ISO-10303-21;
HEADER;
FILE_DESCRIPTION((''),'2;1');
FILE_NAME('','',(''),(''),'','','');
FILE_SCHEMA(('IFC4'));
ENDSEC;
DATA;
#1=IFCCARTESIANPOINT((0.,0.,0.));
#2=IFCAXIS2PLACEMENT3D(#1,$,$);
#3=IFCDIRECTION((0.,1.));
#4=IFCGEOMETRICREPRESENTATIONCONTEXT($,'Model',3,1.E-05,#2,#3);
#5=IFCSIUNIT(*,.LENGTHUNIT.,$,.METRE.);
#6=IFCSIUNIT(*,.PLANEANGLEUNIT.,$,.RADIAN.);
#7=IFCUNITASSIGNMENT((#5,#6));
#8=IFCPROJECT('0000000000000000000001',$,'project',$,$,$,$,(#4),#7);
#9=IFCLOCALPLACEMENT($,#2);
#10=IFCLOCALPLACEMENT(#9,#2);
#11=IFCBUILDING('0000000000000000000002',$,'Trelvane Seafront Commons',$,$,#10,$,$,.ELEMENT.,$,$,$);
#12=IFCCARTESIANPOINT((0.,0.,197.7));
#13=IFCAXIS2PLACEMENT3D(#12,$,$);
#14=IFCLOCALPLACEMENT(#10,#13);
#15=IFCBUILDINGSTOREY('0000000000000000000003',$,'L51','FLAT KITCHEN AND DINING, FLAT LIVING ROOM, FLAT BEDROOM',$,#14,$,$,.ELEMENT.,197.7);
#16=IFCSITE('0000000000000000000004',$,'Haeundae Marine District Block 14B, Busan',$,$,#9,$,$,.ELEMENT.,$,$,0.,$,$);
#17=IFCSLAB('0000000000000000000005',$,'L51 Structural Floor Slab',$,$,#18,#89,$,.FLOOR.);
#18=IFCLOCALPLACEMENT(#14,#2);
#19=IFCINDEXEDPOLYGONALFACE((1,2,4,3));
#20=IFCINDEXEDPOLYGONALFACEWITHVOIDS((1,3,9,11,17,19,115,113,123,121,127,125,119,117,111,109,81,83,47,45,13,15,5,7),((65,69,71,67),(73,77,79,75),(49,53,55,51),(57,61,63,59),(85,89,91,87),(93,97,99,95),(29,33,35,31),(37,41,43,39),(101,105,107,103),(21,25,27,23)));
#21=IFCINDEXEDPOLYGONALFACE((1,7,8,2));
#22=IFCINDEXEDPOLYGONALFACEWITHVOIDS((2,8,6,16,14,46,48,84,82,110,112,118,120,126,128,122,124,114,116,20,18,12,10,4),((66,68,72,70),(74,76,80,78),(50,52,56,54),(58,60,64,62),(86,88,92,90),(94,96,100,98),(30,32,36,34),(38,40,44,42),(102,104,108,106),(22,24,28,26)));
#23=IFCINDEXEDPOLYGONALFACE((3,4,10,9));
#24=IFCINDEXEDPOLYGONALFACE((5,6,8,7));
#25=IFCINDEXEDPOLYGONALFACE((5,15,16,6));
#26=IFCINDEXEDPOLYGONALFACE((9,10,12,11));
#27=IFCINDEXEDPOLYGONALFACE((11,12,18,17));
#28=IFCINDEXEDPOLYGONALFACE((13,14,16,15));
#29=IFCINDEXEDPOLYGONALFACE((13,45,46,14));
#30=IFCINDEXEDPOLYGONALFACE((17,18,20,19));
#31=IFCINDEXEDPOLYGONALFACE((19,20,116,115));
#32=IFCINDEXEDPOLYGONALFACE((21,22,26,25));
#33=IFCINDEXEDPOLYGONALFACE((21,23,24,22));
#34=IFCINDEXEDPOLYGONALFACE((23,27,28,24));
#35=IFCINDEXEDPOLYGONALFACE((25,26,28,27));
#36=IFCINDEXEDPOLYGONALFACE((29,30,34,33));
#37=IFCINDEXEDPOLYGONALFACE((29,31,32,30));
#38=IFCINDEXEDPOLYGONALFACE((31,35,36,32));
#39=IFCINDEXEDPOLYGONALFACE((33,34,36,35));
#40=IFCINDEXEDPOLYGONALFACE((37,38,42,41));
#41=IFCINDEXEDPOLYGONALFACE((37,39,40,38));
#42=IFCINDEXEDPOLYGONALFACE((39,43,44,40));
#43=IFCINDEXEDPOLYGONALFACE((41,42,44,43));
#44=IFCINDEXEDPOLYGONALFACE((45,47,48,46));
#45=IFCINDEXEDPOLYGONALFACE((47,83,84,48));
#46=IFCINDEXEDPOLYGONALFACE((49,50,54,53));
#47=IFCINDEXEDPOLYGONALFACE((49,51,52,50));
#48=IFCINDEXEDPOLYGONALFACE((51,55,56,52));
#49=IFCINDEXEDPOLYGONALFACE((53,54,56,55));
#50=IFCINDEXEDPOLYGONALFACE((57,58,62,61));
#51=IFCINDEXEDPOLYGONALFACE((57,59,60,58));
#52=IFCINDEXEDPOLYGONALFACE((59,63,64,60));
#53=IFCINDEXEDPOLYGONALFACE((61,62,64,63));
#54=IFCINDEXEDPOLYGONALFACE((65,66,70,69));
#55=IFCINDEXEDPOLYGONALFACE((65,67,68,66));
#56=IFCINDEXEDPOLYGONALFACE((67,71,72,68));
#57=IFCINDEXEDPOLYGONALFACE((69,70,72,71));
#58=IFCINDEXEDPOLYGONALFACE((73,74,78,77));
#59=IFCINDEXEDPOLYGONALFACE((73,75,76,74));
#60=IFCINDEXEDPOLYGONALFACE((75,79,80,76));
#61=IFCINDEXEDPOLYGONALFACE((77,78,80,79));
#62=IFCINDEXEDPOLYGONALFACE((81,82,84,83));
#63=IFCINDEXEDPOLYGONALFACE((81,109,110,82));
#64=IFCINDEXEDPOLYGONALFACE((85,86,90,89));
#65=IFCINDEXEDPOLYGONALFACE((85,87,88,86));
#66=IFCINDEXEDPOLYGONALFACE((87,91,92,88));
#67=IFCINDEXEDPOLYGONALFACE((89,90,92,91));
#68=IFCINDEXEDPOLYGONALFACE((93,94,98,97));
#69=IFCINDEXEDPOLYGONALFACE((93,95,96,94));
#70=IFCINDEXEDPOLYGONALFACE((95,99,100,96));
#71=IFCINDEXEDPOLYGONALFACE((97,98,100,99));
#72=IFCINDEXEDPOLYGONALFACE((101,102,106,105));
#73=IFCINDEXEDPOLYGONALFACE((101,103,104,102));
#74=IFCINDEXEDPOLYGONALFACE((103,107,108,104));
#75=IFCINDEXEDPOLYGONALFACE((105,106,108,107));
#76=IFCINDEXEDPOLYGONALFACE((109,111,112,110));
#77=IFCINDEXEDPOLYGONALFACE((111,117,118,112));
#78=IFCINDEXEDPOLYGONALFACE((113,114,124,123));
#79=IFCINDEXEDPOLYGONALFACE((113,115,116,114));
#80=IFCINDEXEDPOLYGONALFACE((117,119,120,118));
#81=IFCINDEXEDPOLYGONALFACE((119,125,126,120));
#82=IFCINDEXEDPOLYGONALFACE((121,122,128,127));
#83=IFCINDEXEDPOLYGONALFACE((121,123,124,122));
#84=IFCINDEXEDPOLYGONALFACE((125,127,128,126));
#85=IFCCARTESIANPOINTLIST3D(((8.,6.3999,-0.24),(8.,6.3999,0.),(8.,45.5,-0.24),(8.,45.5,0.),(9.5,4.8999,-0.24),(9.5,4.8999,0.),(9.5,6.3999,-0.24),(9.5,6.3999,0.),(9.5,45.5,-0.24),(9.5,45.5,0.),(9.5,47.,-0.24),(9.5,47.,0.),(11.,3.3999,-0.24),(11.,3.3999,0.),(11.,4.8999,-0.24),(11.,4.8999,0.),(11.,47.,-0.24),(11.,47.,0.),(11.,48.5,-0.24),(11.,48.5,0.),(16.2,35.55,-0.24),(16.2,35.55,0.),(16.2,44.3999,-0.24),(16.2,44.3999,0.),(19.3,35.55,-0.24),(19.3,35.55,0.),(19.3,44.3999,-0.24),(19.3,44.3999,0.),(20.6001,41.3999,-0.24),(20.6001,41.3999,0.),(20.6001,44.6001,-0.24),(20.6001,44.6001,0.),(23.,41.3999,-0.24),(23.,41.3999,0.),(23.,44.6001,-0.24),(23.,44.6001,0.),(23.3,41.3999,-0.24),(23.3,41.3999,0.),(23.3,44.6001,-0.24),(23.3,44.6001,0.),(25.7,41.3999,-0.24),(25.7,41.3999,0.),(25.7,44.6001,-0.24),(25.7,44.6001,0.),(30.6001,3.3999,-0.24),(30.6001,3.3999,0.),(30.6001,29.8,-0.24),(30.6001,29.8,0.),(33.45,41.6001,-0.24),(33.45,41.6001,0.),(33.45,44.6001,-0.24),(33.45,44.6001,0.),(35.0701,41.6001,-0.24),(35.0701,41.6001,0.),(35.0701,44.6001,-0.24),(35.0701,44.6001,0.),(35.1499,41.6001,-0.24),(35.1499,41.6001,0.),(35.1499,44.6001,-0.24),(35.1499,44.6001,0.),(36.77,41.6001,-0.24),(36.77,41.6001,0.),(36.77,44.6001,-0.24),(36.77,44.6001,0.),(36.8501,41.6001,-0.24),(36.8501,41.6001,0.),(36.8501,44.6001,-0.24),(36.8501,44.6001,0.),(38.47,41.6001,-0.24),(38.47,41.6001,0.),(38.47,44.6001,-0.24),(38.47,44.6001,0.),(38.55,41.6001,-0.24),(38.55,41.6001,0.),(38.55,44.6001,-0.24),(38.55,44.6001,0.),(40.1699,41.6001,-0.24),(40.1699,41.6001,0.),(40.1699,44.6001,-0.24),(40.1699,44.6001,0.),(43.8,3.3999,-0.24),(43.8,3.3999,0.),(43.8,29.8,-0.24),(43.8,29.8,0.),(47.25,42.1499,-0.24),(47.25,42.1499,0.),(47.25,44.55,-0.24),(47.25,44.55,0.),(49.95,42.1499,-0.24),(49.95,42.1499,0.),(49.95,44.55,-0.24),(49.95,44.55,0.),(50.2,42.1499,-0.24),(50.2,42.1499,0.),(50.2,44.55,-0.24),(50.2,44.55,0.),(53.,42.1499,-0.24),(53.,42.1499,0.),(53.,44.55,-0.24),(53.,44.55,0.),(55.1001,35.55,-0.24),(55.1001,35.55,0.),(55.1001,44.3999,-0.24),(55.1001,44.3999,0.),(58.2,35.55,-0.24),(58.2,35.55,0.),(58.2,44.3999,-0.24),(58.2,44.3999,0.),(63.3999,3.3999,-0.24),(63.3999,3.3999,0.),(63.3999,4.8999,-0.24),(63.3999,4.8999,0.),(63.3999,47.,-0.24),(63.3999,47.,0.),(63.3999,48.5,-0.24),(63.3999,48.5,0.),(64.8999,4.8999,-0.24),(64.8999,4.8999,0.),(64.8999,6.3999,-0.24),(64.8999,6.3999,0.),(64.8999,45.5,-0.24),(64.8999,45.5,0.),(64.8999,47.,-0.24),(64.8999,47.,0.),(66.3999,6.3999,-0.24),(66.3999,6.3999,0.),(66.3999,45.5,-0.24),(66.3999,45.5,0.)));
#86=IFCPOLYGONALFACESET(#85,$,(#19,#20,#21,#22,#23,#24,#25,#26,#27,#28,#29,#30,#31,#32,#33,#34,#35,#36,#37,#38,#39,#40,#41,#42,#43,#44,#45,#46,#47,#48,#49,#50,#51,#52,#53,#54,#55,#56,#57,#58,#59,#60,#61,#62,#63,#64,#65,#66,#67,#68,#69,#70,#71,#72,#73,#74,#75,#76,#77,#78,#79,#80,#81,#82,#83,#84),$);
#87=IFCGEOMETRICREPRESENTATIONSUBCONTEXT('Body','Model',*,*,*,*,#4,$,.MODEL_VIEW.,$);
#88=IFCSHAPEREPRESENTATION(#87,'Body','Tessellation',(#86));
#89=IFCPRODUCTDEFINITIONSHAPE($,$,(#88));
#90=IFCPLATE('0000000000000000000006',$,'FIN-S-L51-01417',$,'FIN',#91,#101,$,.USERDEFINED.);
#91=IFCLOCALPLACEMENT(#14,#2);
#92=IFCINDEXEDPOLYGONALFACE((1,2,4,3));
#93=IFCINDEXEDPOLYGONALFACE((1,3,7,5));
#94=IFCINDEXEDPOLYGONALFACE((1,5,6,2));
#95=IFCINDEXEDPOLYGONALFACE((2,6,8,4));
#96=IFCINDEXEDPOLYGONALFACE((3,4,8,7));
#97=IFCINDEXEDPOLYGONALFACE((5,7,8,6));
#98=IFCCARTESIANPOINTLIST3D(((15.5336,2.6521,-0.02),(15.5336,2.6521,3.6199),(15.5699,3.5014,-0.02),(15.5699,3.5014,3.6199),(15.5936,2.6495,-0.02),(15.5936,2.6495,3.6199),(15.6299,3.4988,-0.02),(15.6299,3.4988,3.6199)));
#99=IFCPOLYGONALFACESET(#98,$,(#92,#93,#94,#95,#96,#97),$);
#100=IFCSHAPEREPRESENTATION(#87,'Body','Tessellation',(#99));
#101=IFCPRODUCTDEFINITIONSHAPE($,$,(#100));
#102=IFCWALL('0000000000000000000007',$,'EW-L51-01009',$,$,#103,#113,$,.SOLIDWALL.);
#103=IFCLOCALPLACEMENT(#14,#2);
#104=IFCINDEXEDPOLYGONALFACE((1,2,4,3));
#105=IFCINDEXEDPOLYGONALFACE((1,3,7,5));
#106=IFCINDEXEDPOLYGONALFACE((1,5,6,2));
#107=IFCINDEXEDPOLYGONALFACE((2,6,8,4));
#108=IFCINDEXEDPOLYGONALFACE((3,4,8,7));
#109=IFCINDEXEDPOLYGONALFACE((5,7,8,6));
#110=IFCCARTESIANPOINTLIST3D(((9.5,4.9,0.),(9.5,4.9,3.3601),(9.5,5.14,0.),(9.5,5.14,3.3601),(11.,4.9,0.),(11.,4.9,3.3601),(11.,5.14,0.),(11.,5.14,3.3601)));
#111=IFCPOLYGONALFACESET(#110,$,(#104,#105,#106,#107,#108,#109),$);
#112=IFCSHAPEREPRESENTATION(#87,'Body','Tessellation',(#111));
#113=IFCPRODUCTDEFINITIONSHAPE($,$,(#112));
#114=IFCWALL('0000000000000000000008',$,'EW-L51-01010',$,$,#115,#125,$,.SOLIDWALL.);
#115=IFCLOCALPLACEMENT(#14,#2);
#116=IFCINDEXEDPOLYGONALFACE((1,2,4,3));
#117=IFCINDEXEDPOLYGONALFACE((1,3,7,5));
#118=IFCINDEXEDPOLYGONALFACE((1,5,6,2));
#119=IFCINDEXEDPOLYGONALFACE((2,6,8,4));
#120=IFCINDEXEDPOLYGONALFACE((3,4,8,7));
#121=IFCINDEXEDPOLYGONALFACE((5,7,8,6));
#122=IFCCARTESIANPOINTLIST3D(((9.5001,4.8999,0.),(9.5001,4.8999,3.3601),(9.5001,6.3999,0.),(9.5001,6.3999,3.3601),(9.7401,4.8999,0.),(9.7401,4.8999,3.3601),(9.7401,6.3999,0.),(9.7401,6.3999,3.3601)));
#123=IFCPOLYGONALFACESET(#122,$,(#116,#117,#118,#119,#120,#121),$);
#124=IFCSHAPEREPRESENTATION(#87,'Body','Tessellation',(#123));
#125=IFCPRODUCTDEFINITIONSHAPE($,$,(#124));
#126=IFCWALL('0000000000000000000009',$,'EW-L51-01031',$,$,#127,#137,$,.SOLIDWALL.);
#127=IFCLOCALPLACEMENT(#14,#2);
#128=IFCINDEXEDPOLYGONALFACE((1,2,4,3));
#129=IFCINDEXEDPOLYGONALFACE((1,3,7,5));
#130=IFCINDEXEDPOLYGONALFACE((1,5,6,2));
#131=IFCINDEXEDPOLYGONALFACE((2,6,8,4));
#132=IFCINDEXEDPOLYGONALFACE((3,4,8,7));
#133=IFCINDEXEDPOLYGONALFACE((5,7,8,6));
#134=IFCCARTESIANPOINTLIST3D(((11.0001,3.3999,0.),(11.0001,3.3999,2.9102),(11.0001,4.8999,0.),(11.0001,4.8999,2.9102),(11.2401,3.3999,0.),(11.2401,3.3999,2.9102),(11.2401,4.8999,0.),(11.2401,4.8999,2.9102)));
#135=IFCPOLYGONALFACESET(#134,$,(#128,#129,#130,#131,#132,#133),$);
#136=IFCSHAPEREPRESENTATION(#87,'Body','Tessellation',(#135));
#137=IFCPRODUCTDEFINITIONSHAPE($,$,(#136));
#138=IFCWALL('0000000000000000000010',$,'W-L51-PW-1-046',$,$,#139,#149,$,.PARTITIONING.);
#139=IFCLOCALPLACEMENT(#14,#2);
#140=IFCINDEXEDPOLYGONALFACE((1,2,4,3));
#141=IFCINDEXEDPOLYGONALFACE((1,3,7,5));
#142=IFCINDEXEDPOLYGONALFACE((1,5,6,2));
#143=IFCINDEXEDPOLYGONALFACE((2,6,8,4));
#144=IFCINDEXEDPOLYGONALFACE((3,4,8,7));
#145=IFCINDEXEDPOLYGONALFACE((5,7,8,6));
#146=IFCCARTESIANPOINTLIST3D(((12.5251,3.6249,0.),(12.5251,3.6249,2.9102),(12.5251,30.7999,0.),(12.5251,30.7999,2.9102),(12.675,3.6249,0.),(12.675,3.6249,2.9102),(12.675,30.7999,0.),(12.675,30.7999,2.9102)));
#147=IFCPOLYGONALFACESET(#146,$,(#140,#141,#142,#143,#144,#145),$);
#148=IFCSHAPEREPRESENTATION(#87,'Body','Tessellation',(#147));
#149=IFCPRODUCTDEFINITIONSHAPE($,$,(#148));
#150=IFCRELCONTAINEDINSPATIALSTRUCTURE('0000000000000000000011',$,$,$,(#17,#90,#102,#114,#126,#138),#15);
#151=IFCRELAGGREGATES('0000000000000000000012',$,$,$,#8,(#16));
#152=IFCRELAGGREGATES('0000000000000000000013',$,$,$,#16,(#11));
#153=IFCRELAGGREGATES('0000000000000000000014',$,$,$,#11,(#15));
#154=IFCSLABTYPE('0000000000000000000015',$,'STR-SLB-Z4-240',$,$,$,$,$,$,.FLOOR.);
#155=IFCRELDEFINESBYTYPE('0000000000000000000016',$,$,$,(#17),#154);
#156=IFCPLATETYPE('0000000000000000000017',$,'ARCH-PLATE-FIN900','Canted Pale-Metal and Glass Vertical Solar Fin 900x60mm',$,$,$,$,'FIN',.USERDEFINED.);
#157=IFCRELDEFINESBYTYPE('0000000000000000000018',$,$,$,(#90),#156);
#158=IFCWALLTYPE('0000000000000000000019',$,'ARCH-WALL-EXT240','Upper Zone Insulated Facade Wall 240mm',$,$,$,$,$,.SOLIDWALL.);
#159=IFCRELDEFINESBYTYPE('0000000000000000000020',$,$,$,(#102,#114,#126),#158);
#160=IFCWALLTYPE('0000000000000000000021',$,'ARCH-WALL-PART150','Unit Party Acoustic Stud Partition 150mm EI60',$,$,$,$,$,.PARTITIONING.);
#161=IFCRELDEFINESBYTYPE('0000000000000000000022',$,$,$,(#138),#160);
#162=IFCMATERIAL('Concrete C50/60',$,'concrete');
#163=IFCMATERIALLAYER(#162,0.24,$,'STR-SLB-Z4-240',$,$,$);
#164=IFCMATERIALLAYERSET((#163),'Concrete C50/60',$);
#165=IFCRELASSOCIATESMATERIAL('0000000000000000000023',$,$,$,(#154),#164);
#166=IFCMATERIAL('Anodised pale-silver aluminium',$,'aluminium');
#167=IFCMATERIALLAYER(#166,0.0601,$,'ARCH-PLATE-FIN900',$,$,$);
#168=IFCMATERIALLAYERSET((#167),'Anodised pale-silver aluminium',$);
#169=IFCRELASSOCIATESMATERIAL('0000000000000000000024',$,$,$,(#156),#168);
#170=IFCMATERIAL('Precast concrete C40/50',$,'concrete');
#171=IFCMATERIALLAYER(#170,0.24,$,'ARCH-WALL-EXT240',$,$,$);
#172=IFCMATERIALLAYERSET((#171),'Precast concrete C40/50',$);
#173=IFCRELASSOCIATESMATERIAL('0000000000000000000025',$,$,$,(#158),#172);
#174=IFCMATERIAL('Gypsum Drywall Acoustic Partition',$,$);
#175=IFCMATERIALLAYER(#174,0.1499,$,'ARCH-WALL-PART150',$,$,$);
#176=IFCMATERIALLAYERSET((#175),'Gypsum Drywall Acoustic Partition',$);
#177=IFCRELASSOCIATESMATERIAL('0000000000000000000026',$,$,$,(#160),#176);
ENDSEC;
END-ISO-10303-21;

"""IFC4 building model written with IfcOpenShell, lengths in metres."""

from ifc_helpers import new_model, si_unit, direction, frame, frame_2d, origin, origin_2d, place, context, subcontext, project, spatial, polyline, rectangle, outline, extrude, source, transform, mapped, material, layer, layer_set, type_object, element, save


model = new_model("IFC4")

# Units and contexts
model_context = context("Model", 3, precision=1e-05, world=origin(), true_north=direction((0.0, 1.0)))
body_context = subcontext(model_context, "Body", "Model", "MODEL_VIEW")
ifc_project = project(units=[si_unit("LENGTHUNIT", "METRE"), si_unit("PLANEANGLEUNIT", "RADIAN")], contexts=[model_context])

# Site, building, storey
site_placement = place(None, origin())
site = spatial("IfcSite", under=ifc_project, at=site_placement, Name="Haeundae Marine District Block 14B, Busan", CompositionType="ELEMENT", RefElevation=0.0)
building_placement = place(site_placement, origin())
building = spatial("IfcBuilding", under=site, at=building_placement, Name="Trelvane Seafront Commons", CompositionType="ELEMENT")
storey_placement = place(building_placement, frame((0.0, 0.0, 197.7)))
storey = spatial("IfcBuildingStorey", under=building, at=storey_placement, Name="L51", Description="FLAT KITCHEN AND DINING, FLAT LIVING ROOM, FLAT BEDROOM", CompositionType="ELEMENT", Elevation=197.7)

# Slab
ifc_material_1 = material(Name="Concrete C50/60", Category="concrete")
ifc_layer_1 = layer(ifc_material_1, 0.24, Name="STR-SLB-Z4-240")
ifc_layer_set_1 = layer_set([ifc_layer_1], Name="Concrete C50/60")
slab_type_1 = type_object("IfcSlabType", Name="STR-SLB-Z4-240", PredefinedType="FLOOR", material=ifc_layer_set_1)
slab_1_placement = place(storey_placement, frame((0.0, 0.0, -0.24)))
element("IfcSlab", 1, at=slab_1_placement, inside=storey, type_object=slab_type_1, Name="L51 Structural Floor Slab", PredefinedType="FLOOR", context=body_context, shape_type="SweptSolid", body=[
    extrude(outline(polyline([(11.0, 3.3999), (30.6001, 3.3999), (30.6001, 29.8), (43.8, 29.8), (43.8, 3.3999), (63.3999, 3.3999), (63.3999, 4.8999), (64.8999, 4.8999), (64.8999, 6.3999), (66.3999, 6.3999), (66.3999, 45.5), (64.8999, 45.5), (64.8999, 47.0), (63.3999, 47.0), (63.3999, 48.5), (11.0, 48.5), (11.0, 47.0), (9.5, 47.0), (9.5, 45.5), (8.0, 45.5), (8.0, 6.3999), (9.5, 6.3999), (9.5, 4.8999), (11.0, 4.8999), (11.0, 3.3999)]), holes=[polyline([(19.3, 35.55), (16.2, 35.55), (16.2, 44.3999), (19.3, 44.3999), (19.3, 35.55)]), polyline([(58.2, 35.55), (55.1001, 35.55), (55.1001, 44.3999), (58.2, 44.3999), (58.2, 35.55)]), polyline([(23.0, 41.3999), (20.6001, 41.3999), (20.6001, 44.6001), (23.0, 44.6001), (23.0, 41.3999)]), polyline([(23.3, 41.3999), (23.3, 44.6001), (25.7, 44.6001), (25.7, 41.3999), (23.3, 41.3999)]), polyline([(33.45, 41.6001), (33.45, 44.6001), (35.0701, 44.6001), (35.0701, 41.6001), (33.45, 41.6001)]), polyline([(36.77, 41.6001), (35.1499, 41.6001), (35.1499, 44.6001), (36.77, 44.6001), (36.77, 41.6001)]), polyline([(38.47, 41.6001), (36.8501, 41.6001), (36.8501, 44.6001), (38.47, 44.6001), (38.47, 41.6001)]), polyline([(40.1699, 41.6001), (38.55, 41.6001), (38.55, 44.6001), (40.1699, 44.6001), (40.1699, 41.6001)]), polyline([(47.25, 42.1499), (47.25, 44.55), (49.95, 44.55), (49.95, 42.1499), (47.25, 42.1499)]), polyline([(50.2, 42.1499), (50.2, 44.55), (53.0, 44.55), (53.0, 42.1499), (50.2, 42.1499)])]), origin(), (0.0, 0.0, 1.0), 0.24),
])

# Plate
ifc_material_2 = material(Name="Anodised pale-silver aluminium", Category="aluminium")
ifc_layer_2 = layer(ifc_material_2, 0.0601, Name="ARCH-PLATE-FIN900")
ifc_layer_set_2 = layer_set([ifc_layer_2], Name="Anodised pale-silver aluminium")
plate_type = type_object("IfcPlateType", Name="ARCH-PLATE-FIN900", Description="Canted Pale-Metal and Glass Vertical Solar Fin 900x60mm", ElementType="FIN", PredefinedType="USERDEFINED", material=ifc_layer_set_2)
shared_shape_1 = source(origin(), body_context, "Body", "SweptSolid", [
    extrude(rectangle(XDim=0.8501, YDim=0.0601, at=origin_2d()), origin(), (0.0, 0.0, 1.0), 3.6399),
])
plate_placement = place(storey_placement, frame((15.5818, 3.0754, -0.02), z_axis=(0.0, 0.0, 1.0), x_axis=(-0.042707, -0.999088, 0.0)))
element("IfcPlate", 2, at=plate_placement, inside=storey, type_object=plate_type, Name="FIN-S-L51-01417", ObjectType="FIN", PredefinedType="USERDEFINED", context=body_context, shape_type="MappedRepresentation", body=[
    mapped(shared_shape_1, transform((0.0, 0.0, 0.0), x_axis=(1.0, 0.0, 0.0), y_axis=(0.0, 1.0, 0.0), z_axis=(0.0, 0.0, 1.0), scale=1.0)),
])

# Walls
ifc_material_3 = material(Name="Precast concrete C40/50", Category="concrete")
ifc_layer_3 = layer(ifc_material_3, 0.24, Name="ARCH-WALL-EXT240")
ifc_layer_set_3 = layer_set([ifc_layer_3], Name="Precast concrete C40/50")
wall_type_1 = type_object("IfcWallType", Name="ARCH-WALL-EXT240", Description="Upper Zone Insulated Facade Wall 240mm", PredefinedType="SOLIDWALL", material=ifc_layer_set_3)
for number, where, z_axis, x_axis, name in (
    (3, (11.0, 5.02, 0.0), (0.0, 0.0, 1.0), (-1.0, 0.0, 0.0), "EW-L51-01009"),
    (4, (9.6201, 4.8999, 0.0), (0.0, 0.0, 1.0), (0.0, 1.0, 0.0), "EW-L51-01010"),
):
    element("IfcWall", number, at=place(storey_placement, frame(where, z_axis=z_axis, x_axis=x_axis)), inside=storey, type_object=wall_type_1, Name=name, PredefinedType="SOLIDWALL", context=body_context, shape_type="SweptSolid", body=[
        extrude(rectangle(XDim=1.5, YDim=0.24, at=frame_2d((0.75, 0.0))), origin(), (0.0, 0.0, 1.0), 3.3601),
    ])
wall_1_placement = place(storey_placement, frame((11.1201, 3.3999, 0.0), z_axis=(0.0, 0.0, 1.0), x_axis=(0.0, 1.0, 0.0)))
element("IfcWall", 5, at=wall_1_placement, inside=storey, type_object=wall_type_1, Name="EW-L51-01031", PredefinedType="SOLIDWALL", context=body_context, shape_type="SweptSolid", body=[
    extrude(rectangle(XDim=1.5, YDim=0.24, at=frame_2d((0.75, 0.0))), origin(), (0.0, 0.0, 1.0), 2.9102),
])
ifc_material_4 = material(Name="Gypsum Drywall Acoustic Partition")
ifc_layer_4 = layer(ifc_material_4, 0.1499, Name="ARCH-WALL-PART150")
ifc_layer_set_4 = layer_set([ifc_layer_4], Name="Gypsum Drywall Acoustic Partition")
wall_type_2 = type_object("IfcWallType", Name="ARCH-WALL-PART150", Description="Unit Party Acoustic Stud Partition 150mm EI60", PredefinedType="PARTITIONING", material=ifc_layer_set_4)
wall_2_placement = place(storey_placement, frame((12.6001, 3.625, 0.0), z_axis=(0.0, 0.0, 1.0), x_axis=(0.0, 1.0, 0.0)))
element("IfcWall", 6, at=wall_2_placement, inside=storey, type_object=wall_type_2, Name="W-L51-PW-1-046", PredefinedType="PARTITIONING", context=body_context, shape_type="SweptSolid", body=[
    extrude(rectangle(XDim=27.175, YDim=0.1499, at=frame_2d((13.5874, 0.0))), origin(), (0.0, 0.0, 1.0), 2.9102),
])

save(model, "model.ifc")
